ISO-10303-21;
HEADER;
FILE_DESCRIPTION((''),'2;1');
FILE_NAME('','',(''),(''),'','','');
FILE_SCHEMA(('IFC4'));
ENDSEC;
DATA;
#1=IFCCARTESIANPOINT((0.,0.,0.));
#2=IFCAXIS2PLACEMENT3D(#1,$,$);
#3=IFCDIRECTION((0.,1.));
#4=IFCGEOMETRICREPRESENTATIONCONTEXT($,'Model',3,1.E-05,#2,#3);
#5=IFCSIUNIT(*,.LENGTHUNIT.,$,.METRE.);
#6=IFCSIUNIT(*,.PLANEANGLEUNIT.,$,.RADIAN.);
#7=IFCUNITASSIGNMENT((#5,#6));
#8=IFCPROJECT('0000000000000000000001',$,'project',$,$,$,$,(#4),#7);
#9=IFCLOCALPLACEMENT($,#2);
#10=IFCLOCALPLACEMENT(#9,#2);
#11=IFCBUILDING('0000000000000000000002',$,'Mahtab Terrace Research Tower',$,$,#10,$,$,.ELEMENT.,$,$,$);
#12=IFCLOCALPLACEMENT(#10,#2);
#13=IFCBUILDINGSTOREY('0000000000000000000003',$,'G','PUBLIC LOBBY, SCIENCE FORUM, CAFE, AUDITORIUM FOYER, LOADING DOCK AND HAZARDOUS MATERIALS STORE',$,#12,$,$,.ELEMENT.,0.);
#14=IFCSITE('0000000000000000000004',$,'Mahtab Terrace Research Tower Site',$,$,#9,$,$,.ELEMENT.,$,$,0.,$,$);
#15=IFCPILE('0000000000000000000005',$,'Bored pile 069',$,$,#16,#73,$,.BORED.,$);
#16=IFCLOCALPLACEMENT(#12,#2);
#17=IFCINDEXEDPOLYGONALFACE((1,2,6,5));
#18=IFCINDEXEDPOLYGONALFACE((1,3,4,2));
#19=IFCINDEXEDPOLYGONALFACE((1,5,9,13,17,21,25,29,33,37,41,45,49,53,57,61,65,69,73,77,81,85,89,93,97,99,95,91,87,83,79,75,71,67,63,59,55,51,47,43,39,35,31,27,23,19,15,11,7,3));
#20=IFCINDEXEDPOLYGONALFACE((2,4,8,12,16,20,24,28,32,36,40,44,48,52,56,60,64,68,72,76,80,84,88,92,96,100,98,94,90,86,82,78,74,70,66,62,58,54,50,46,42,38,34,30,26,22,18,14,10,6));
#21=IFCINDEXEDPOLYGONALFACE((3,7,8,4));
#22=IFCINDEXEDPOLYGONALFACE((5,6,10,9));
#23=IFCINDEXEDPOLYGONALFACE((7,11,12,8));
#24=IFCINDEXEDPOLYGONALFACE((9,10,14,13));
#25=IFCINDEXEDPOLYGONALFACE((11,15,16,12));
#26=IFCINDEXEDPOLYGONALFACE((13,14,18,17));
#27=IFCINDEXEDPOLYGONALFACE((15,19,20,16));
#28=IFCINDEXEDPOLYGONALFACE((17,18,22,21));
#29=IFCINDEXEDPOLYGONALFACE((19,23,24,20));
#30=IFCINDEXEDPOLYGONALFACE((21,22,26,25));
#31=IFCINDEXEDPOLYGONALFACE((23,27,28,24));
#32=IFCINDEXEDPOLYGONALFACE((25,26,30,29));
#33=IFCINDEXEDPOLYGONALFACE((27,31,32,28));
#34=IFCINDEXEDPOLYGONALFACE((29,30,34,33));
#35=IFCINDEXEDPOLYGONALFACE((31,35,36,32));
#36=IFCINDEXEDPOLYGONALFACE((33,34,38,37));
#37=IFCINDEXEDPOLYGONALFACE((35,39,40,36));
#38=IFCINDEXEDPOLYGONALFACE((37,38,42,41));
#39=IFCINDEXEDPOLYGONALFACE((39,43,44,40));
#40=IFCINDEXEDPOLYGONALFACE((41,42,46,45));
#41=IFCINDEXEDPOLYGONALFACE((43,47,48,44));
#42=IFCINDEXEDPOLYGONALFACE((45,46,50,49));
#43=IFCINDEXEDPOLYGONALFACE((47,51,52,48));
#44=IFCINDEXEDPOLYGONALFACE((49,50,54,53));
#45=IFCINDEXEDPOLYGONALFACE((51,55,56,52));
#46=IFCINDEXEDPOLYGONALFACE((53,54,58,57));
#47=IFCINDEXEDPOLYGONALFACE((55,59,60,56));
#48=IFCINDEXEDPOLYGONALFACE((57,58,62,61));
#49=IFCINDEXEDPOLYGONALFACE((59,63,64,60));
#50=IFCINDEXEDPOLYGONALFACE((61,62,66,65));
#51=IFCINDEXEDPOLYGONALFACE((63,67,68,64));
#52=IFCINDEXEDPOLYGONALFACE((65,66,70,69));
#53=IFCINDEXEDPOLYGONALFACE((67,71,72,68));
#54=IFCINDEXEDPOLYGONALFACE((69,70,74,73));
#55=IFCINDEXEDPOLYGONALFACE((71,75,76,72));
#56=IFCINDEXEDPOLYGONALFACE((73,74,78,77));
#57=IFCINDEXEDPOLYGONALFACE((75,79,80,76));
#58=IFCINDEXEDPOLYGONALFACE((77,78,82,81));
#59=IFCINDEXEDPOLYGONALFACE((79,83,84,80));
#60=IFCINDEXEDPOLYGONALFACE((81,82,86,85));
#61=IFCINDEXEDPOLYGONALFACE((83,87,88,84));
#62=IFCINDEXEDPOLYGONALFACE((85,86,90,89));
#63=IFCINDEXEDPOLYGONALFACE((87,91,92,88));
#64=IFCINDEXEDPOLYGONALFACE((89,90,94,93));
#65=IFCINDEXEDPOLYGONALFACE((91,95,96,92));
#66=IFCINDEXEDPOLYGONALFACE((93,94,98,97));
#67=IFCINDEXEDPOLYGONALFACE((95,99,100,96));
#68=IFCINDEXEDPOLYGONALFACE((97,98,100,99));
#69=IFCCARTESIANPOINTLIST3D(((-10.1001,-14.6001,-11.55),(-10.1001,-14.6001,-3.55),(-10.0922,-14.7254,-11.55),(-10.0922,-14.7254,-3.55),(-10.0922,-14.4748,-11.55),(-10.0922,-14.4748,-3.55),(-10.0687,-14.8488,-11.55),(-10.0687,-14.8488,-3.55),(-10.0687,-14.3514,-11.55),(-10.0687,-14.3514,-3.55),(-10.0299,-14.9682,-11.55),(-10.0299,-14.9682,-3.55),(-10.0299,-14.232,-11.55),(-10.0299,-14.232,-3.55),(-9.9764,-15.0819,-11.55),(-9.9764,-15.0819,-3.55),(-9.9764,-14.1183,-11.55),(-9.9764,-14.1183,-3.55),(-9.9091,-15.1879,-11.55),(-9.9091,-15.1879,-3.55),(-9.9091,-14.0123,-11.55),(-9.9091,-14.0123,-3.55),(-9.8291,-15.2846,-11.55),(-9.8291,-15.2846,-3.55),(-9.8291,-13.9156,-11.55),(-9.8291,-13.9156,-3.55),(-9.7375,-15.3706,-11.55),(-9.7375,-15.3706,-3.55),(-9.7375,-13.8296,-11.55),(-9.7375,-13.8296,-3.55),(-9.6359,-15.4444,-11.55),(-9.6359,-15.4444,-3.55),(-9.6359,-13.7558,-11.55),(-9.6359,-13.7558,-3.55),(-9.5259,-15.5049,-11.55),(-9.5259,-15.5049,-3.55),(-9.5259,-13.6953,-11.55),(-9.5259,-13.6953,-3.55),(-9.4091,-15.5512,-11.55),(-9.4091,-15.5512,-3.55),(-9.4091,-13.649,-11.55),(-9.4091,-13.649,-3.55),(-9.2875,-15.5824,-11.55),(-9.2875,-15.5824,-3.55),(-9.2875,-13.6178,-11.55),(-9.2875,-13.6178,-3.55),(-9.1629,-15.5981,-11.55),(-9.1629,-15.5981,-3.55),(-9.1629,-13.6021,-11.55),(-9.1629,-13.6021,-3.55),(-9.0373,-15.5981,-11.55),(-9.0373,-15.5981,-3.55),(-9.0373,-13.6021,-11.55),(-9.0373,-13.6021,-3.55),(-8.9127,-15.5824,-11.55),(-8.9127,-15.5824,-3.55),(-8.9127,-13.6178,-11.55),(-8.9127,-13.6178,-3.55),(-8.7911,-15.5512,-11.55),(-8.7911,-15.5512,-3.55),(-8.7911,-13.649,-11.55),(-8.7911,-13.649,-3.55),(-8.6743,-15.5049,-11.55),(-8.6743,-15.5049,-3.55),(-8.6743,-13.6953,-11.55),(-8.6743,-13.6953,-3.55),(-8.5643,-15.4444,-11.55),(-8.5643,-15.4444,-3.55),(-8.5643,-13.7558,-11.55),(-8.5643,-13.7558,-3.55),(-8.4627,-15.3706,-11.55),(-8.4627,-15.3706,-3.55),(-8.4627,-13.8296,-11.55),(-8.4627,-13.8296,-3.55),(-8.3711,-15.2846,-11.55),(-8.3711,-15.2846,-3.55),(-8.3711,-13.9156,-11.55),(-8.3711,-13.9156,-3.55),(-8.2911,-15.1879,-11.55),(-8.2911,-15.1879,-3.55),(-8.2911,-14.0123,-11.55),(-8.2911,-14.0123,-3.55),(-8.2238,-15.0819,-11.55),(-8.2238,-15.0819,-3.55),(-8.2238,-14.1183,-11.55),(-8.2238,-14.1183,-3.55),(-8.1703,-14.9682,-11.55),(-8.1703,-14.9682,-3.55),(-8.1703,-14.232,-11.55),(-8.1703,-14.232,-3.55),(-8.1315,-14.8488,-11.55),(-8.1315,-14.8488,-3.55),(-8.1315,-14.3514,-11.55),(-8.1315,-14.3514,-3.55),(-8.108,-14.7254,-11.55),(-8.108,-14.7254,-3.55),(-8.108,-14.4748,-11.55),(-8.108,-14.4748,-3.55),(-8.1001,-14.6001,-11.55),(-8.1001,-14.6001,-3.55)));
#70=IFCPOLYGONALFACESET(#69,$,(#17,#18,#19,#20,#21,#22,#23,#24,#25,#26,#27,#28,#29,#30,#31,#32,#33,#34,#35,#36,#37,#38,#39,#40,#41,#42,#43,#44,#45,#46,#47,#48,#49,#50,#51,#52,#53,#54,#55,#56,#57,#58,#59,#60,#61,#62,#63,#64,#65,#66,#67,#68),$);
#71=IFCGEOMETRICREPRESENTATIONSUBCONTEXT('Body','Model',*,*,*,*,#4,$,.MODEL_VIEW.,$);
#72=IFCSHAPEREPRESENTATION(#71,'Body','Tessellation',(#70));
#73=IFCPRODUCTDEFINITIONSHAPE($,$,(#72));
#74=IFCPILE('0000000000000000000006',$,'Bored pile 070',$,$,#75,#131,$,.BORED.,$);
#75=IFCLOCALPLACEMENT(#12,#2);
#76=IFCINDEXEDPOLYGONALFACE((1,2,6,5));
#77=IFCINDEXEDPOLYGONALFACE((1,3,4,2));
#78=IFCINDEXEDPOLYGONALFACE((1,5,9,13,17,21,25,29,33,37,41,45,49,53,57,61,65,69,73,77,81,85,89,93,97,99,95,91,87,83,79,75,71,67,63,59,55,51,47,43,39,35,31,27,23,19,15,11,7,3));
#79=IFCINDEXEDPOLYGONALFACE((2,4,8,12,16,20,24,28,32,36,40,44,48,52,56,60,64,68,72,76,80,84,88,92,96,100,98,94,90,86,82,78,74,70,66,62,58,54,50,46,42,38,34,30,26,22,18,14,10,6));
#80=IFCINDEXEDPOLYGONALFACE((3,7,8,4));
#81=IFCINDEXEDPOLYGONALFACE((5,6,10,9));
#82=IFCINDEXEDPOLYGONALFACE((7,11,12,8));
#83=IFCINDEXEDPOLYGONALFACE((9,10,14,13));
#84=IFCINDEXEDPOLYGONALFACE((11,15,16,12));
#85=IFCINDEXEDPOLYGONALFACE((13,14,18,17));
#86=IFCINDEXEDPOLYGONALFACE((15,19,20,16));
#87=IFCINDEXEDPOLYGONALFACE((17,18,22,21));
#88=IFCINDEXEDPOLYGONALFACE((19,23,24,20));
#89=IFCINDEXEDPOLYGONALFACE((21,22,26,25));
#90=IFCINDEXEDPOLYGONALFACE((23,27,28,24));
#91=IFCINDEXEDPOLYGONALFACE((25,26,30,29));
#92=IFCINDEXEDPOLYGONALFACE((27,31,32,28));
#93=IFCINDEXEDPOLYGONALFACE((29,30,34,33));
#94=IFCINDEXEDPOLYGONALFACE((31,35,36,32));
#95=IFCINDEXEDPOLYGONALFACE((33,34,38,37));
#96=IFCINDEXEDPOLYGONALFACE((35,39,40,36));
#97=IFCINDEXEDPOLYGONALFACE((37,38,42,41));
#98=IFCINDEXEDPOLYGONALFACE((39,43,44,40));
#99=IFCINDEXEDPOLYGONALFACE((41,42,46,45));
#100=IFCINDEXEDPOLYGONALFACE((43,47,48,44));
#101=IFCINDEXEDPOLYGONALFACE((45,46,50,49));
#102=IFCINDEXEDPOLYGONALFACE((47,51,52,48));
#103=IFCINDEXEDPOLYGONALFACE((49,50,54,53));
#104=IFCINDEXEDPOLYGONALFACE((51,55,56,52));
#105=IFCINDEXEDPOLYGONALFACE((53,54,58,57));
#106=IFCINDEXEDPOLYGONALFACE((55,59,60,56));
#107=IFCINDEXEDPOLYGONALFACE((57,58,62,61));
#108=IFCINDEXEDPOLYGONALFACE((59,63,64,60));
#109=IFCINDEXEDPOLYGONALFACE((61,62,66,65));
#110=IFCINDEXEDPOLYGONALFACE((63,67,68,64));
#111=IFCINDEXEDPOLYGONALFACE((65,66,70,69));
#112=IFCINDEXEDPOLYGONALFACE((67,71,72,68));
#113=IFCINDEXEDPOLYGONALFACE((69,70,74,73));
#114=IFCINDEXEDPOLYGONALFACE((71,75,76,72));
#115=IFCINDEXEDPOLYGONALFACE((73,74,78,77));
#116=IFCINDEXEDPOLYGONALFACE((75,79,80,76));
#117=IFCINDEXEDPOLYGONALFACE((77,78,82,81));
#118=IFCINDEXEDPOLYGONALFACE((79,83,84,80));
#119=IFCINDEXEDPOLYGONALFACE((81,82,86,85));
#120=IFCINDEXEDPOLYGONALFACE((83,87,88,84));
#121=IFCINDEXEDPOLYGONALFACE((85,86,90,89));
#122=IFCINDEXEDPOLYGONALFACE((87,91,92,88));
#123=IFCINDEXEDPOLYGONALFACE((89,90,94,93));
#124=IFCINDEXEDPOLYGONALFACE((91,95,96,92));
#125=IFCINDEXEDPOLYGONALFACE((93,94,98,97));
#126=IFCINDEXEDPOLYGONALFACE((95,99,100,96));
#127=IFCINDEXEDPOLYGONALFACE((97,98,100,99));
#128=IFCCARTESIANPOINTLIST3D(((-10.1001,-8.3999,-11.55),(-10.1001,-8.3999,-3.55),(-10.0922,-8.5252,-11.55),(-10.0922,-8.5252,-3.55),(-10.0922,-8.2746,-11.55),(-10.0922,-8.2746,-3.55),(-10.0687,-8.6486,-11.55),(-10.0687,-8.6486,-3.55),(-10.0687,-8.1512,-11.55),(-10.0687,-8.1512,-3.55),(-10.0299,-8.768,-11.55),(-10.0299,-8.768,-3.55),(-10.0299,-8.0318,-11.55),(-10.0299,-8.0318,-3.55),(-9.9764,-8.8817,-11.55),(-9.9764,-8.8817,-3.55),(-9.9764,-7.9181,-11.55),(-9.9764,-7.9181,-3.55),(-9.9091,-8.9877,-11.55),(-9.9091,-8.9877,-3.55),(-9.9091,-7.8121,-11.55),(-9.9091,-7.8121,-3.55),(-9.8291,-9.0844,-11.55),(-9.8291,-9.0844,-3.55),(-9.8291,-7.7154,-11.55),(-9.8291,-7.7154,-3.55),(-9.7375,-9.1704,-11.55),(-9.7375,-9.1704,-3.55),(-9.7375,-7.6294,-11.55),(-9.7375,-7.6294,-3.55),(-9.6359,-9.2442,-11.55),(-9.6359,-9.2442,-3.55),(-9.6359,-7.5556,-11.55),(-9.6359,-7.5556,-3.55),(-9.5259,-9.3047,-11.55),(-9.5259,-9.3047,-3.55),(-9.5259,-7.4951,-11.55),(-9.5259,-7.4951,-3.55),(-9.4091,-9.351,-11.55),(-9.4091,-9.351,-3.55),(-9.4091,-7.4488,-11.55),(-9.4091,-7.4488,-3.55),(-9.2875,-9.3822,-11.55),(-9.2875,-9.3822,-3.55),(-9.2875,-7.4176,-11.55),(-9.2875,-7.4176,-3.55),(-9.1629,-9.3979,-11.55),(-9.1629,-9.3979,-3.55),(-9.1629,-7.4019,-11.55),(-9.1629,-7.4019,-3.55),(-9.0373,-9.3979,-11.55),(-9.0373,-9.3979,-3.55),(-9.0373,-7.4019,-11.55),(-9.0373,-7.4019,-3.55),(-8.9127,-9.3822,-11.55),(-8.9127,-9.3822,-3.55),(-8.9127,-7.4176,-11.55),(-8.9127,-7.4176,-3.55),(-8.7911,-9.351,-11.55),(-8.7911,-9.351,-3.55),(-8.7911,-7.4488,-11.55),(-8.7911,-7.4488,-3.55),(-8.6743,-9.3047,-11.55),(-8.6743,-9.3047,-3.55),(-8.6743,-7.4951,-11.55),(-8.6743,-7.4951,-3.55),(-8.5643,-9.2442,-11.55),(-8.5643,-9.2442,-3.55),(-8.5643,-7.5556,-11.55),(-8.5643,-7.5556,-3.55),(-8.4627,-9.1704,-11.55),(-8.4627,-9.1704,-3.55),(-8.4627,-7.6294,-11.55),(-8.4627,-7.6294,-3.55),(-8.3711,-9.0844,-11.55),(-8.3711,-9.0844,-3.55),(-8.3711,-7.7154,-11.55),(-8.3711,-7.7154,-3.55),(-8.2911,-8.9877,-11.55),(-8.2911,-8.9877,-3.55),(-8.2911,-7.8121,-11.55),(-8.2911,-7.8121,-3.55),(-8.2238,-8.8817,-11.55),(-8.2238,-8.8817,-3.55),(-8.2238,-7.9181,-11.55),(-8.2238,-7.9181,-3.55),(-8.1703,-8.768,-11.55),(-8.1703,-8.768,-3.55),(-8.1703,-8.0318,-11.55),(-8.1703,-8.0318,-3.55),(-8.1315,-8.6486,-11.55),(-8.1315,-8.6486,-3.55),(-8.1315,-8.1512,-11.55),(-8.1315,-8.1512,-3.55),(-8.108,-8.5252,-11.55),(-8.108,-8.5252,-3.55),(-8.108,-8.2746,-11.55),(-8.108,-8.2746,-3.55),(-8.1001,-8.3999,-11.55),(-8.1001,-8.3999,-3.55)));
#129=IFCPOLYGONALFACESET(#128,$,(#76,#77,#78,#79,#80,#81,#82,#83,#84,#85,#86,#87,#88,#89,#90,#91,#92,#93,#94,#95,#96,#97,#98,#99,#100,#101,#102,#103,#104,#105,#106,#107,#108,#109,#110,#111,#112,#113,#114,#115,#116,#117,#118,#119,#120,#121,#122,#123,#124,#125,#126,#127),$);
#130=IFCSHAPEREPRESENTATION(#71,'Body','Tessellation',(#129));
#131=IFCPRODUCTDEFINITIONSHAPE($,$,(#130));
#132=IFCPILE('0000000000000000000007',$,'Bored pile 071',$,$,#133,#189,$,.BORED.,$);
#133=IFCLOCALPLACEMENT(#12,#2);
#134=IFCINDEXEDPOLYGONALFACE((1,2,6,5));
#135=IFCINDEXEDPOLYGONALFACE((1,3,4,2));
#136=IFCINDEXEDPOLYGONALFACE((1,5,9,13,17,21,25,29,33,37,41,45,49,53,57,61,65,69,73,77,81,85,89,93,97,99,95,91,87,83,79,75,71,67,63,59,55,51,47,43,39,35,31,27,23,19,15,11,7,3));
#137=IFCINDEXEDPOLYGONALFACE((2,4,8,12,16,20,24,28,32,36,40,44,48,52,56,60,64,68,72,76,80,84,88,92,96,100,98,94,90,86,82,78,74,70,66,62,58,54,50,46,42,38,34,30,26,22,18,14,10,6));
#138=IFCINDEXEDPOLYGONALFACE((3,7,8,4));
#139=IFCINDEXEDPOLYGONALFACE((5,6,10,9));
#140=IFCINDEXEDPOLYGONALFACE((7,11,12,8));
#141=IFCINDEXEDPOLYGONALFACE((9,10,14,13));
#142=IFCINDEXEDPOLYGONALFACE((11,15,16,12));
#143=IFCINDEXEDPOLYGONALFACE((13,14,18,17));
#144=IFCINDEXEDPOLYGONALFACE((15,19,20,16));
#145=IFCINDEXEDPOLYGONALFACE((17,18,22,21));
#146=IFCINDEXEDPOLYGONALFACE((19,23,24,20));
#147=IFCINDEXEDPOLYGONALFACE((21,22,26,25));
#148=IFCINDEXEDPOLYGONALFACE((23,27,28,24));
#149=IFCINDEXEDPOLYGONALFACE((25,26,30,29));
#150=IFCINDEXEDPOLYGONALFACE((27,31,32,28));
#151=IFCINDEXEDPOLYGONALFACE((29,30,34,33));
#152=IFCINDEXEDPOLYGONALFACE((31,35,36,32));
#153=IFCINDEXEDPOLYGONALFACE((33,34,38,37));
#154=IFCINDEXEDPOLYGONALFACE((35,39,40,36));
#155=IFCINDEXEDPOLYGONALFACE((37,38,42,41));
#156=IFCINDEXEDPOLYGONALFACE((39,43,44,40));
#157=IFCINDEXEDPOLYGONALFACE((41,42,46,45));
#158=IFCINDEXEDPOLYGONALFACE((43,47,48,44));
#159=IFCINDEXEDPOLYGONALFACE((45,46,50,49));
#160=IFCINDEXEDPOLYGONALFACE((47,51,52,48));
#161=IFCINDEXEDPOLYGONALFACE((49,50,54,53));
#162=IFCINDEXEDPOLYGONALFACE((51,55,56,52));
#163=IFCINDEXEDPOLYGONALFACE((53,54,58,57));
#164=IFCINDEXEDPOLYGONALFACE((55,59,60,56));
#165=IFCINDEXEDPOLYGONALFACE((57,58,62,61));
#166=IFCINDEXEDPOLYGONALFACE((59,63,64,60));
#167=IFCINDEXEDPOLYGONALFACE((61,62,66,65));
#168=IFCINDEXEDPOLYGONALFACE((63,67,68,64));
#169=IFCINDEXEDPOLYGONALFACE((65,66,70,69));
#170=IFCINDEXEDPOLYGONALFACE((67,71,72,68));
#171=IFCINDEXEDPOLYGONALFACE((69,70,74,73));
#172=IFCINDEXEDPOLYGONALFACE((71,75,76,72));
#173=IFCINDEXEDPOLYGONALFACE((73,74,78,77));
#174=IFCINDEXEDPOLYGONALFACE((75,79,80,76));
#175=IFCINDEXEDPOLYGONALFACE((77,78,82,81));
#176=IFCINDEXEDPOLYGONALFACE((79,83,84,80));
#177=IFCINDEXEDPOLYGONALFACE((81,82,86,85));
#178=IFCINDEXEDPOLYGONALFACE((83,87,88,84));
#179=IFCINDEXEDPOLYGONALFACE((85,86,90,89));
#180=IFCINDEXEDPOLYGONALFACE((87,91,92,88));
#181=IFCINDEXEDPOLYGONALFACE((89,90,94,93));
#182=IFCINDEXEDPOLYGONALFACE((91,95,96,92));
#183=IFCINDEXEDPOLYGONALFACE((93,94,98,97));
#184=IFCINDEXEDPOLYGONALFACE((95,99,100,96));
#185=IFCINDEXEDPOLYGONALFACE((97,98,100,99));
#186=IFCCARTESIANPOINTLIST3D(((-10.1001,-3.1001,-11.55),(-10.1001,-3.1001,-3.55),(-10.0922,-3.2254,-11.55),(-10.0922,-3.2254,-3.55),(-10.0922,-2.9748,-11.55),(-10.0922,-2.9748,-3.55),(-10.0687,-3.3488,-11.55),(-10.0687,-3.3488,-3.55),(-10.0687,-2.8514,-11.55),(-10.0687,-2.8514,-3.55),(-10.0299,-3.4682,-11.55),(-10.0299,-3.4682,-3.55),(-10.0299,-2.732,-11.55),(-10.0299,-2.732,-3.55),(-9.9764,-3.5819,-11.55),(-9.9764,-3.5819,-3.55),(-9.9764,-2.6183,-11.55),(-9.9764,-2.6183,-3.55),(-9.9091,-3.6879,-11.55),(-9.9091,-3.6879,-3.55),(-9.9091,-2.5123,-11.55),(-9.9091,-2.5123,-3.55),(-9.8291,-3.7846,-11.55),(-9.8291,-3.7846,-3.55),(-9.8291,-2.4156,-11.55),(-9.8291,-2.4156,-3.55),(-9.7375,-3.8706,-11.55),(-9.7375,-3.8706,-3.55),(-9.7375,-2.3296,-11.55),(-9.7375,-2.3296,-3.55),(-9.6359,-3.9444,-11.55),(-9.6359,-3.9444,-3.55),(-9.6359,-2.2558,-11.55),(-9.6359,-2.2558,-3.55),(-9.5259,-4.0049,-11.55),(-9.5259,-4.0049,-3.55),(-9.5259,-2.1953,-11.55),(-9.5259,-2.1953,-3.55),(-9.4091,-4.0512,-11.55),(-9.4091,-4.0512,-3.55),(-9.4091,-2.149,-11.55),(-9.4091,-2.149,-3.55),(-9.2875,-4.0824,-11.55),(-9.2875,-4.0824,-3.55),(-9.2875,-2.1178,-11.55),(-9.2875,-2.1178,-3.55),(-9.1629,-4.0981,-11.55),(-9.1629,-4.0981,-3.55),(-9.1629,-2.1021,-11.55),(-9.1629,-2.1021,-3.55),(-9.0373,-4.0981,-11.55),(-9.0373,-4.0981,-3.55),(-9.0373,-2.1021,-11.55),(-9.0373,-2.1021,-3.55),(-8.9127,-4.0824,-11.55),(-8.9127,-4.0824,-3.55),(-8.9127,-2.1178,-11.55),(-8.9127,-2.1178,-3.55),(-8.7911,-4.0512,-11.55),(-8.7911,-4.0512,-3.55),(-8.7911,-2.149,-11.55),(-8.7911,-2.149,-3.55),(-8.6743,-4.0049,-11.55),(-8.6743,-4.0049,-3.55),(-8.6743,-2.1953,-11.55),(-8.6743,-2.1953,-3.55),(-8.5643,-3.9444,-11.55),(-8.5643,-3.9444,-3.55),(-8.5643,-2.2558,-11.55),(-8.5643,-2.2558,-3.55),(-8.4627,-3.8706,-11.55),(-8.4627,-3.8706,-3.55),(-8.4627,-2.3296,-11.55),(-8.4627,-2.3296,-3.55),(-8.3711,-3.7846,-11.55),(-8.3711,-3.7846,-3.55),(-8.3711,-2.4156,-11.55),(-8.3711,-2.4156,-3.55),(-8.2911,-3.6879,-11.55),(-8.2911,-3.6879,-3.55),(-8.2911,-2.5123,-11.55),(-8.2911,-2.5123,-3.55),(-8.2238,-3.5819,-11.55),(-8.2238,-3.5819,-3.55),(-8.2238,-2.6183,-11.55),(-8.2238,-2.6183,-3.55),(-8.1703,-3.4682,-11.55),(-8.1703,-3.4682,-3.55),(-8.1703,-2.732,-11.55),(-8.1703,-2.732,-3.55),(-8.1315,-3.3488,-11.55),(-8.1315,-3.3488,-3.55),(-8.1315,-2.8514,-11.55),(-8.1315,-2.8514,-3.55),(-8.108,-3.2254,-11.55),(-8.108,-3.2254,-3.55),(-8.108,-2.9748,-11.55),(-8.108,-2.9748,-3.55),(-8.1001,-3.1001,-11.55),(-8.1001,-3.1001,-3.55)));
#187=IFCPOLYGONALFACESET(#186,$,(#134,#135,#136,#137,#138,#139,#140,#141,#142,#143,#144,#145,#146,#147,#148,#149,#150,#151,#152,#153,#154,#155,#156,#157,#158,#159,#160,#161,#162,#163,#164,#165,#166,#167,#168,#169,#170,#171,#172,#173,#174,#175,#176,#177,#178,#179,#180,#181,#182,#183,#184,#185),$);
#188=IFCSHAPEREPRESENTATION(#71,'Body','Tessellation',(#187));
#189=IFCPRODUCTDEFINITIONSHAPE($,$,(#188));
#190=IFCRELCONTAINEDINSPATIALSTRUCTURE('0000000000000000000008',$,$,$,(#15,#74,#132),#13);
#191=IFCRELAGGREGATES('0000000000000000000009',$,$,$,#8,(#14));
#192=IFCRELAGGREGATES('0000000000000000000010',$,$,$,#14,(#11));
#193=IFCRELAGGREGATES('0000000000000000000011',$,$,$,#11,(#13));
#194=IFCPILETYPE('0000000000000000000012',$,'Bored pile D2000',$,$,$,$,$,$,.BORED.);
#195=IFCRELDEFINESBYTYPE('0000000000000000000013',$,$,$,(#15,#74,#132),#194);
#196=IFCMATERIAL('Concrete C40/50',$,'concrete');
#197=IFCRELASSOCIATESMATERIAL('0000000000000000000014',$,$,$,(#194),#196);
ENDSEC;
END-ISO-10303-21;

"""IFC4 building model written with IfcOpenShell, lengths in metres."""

from ifc_helpers import new_model, si_unit, direction, frame, origin, origin_2d, place, context, subcontext, project, spatial, circle, extrude, material, material_profile, profile_set, type_object, element, save


model = new_model("IFC4")

# Units and contexts
model_context = context("Model", 3, precision=1e-05, world=origin(), true_north=direction((0.0, 1.0)))
body_context = subcontext(model_context, "Body", "Model", "MODEL_VIEW")
ifc_project = project(units=[si_unit("LENGTHUNIT", "METRE"), si_unit("PLANEANGLEUNIT", "RADIAN")], contexts=[model_context])

# Site, building, storey
site_placement = place(None, origin())
site = spatial("IfcSite", under=ifc_project, at=site_placement, Name="Mahtab Terrace Research Tower Site", CompositionType="ELEMENT", RefElevation=0.0)
building_placement = place(site_placement, origin())
building = spatial("IfcBuilding", under=site, at=building_placement, Name="Mahtab Terrace Research Tower", CompositionType="ELEMENT")
storey_placement = place(building_placement, origin())
storey = spatial("IfcBuildingStorey", under=building, at=storey_placement, Name="G", Description="PUBLIC LOBBY, SCIENCE FORUM, CAFE, AUDITORIUM FOYER, LOADING DOCK AND HAZARDOUS MATERIALS STORE", CompositionType="ELEMENT", Elevation=0.0)

# Piles
ifc_material_1 = material(Name="Concrete C40/50", Category="concrete")
ifc_material_profile_1 = material_profile(ifc_material_1, circle(Radius=1.0, at=origin_2d()), Name="Bored pile D2000")
ifc_profile_set_1 = profile_set([ifc_material_profile_1], Name="Concrete C40/50")
pile_type = type_object("IfcPileType", Name="Bored pile D2000", PredefinedType="BORED", material=ifc_profile_set_1)
for number, where, z_axis, x_axis, name in (
    (1, (-9.1001, -14.6001, -3.55), (0.0, 0.0, -1.0), (1.0, 0.0, 0.0), "Bored pile 069"),
    (2, (-9.1001, -8.3999, -3.55), (0.0, 0.0, -1.0), (1.0, 0.0, 0.0), "Bored pile 070"),
    (3, (-9.1001, -3.1001, -3.55), (0.0, 0.0, -1.0), (1.0, 0.0, 0.0), "Bored pile 071"),
):
    element("IfcPile", number, at=place(storey_placement, frame(where, z_axis=z_axis, x_axis=x_axis)), inside=storey, type_object=pile_type, Name=name, PredefinedType="BORED", context=body_context, shape_type="SweptSolid", body=[
        extrude(circle(Radius=1.0, at=origin_2d()), origin(), (0.0, 0.0, 1.0), 8.0),
    ])

save(model, "model.ifc")
